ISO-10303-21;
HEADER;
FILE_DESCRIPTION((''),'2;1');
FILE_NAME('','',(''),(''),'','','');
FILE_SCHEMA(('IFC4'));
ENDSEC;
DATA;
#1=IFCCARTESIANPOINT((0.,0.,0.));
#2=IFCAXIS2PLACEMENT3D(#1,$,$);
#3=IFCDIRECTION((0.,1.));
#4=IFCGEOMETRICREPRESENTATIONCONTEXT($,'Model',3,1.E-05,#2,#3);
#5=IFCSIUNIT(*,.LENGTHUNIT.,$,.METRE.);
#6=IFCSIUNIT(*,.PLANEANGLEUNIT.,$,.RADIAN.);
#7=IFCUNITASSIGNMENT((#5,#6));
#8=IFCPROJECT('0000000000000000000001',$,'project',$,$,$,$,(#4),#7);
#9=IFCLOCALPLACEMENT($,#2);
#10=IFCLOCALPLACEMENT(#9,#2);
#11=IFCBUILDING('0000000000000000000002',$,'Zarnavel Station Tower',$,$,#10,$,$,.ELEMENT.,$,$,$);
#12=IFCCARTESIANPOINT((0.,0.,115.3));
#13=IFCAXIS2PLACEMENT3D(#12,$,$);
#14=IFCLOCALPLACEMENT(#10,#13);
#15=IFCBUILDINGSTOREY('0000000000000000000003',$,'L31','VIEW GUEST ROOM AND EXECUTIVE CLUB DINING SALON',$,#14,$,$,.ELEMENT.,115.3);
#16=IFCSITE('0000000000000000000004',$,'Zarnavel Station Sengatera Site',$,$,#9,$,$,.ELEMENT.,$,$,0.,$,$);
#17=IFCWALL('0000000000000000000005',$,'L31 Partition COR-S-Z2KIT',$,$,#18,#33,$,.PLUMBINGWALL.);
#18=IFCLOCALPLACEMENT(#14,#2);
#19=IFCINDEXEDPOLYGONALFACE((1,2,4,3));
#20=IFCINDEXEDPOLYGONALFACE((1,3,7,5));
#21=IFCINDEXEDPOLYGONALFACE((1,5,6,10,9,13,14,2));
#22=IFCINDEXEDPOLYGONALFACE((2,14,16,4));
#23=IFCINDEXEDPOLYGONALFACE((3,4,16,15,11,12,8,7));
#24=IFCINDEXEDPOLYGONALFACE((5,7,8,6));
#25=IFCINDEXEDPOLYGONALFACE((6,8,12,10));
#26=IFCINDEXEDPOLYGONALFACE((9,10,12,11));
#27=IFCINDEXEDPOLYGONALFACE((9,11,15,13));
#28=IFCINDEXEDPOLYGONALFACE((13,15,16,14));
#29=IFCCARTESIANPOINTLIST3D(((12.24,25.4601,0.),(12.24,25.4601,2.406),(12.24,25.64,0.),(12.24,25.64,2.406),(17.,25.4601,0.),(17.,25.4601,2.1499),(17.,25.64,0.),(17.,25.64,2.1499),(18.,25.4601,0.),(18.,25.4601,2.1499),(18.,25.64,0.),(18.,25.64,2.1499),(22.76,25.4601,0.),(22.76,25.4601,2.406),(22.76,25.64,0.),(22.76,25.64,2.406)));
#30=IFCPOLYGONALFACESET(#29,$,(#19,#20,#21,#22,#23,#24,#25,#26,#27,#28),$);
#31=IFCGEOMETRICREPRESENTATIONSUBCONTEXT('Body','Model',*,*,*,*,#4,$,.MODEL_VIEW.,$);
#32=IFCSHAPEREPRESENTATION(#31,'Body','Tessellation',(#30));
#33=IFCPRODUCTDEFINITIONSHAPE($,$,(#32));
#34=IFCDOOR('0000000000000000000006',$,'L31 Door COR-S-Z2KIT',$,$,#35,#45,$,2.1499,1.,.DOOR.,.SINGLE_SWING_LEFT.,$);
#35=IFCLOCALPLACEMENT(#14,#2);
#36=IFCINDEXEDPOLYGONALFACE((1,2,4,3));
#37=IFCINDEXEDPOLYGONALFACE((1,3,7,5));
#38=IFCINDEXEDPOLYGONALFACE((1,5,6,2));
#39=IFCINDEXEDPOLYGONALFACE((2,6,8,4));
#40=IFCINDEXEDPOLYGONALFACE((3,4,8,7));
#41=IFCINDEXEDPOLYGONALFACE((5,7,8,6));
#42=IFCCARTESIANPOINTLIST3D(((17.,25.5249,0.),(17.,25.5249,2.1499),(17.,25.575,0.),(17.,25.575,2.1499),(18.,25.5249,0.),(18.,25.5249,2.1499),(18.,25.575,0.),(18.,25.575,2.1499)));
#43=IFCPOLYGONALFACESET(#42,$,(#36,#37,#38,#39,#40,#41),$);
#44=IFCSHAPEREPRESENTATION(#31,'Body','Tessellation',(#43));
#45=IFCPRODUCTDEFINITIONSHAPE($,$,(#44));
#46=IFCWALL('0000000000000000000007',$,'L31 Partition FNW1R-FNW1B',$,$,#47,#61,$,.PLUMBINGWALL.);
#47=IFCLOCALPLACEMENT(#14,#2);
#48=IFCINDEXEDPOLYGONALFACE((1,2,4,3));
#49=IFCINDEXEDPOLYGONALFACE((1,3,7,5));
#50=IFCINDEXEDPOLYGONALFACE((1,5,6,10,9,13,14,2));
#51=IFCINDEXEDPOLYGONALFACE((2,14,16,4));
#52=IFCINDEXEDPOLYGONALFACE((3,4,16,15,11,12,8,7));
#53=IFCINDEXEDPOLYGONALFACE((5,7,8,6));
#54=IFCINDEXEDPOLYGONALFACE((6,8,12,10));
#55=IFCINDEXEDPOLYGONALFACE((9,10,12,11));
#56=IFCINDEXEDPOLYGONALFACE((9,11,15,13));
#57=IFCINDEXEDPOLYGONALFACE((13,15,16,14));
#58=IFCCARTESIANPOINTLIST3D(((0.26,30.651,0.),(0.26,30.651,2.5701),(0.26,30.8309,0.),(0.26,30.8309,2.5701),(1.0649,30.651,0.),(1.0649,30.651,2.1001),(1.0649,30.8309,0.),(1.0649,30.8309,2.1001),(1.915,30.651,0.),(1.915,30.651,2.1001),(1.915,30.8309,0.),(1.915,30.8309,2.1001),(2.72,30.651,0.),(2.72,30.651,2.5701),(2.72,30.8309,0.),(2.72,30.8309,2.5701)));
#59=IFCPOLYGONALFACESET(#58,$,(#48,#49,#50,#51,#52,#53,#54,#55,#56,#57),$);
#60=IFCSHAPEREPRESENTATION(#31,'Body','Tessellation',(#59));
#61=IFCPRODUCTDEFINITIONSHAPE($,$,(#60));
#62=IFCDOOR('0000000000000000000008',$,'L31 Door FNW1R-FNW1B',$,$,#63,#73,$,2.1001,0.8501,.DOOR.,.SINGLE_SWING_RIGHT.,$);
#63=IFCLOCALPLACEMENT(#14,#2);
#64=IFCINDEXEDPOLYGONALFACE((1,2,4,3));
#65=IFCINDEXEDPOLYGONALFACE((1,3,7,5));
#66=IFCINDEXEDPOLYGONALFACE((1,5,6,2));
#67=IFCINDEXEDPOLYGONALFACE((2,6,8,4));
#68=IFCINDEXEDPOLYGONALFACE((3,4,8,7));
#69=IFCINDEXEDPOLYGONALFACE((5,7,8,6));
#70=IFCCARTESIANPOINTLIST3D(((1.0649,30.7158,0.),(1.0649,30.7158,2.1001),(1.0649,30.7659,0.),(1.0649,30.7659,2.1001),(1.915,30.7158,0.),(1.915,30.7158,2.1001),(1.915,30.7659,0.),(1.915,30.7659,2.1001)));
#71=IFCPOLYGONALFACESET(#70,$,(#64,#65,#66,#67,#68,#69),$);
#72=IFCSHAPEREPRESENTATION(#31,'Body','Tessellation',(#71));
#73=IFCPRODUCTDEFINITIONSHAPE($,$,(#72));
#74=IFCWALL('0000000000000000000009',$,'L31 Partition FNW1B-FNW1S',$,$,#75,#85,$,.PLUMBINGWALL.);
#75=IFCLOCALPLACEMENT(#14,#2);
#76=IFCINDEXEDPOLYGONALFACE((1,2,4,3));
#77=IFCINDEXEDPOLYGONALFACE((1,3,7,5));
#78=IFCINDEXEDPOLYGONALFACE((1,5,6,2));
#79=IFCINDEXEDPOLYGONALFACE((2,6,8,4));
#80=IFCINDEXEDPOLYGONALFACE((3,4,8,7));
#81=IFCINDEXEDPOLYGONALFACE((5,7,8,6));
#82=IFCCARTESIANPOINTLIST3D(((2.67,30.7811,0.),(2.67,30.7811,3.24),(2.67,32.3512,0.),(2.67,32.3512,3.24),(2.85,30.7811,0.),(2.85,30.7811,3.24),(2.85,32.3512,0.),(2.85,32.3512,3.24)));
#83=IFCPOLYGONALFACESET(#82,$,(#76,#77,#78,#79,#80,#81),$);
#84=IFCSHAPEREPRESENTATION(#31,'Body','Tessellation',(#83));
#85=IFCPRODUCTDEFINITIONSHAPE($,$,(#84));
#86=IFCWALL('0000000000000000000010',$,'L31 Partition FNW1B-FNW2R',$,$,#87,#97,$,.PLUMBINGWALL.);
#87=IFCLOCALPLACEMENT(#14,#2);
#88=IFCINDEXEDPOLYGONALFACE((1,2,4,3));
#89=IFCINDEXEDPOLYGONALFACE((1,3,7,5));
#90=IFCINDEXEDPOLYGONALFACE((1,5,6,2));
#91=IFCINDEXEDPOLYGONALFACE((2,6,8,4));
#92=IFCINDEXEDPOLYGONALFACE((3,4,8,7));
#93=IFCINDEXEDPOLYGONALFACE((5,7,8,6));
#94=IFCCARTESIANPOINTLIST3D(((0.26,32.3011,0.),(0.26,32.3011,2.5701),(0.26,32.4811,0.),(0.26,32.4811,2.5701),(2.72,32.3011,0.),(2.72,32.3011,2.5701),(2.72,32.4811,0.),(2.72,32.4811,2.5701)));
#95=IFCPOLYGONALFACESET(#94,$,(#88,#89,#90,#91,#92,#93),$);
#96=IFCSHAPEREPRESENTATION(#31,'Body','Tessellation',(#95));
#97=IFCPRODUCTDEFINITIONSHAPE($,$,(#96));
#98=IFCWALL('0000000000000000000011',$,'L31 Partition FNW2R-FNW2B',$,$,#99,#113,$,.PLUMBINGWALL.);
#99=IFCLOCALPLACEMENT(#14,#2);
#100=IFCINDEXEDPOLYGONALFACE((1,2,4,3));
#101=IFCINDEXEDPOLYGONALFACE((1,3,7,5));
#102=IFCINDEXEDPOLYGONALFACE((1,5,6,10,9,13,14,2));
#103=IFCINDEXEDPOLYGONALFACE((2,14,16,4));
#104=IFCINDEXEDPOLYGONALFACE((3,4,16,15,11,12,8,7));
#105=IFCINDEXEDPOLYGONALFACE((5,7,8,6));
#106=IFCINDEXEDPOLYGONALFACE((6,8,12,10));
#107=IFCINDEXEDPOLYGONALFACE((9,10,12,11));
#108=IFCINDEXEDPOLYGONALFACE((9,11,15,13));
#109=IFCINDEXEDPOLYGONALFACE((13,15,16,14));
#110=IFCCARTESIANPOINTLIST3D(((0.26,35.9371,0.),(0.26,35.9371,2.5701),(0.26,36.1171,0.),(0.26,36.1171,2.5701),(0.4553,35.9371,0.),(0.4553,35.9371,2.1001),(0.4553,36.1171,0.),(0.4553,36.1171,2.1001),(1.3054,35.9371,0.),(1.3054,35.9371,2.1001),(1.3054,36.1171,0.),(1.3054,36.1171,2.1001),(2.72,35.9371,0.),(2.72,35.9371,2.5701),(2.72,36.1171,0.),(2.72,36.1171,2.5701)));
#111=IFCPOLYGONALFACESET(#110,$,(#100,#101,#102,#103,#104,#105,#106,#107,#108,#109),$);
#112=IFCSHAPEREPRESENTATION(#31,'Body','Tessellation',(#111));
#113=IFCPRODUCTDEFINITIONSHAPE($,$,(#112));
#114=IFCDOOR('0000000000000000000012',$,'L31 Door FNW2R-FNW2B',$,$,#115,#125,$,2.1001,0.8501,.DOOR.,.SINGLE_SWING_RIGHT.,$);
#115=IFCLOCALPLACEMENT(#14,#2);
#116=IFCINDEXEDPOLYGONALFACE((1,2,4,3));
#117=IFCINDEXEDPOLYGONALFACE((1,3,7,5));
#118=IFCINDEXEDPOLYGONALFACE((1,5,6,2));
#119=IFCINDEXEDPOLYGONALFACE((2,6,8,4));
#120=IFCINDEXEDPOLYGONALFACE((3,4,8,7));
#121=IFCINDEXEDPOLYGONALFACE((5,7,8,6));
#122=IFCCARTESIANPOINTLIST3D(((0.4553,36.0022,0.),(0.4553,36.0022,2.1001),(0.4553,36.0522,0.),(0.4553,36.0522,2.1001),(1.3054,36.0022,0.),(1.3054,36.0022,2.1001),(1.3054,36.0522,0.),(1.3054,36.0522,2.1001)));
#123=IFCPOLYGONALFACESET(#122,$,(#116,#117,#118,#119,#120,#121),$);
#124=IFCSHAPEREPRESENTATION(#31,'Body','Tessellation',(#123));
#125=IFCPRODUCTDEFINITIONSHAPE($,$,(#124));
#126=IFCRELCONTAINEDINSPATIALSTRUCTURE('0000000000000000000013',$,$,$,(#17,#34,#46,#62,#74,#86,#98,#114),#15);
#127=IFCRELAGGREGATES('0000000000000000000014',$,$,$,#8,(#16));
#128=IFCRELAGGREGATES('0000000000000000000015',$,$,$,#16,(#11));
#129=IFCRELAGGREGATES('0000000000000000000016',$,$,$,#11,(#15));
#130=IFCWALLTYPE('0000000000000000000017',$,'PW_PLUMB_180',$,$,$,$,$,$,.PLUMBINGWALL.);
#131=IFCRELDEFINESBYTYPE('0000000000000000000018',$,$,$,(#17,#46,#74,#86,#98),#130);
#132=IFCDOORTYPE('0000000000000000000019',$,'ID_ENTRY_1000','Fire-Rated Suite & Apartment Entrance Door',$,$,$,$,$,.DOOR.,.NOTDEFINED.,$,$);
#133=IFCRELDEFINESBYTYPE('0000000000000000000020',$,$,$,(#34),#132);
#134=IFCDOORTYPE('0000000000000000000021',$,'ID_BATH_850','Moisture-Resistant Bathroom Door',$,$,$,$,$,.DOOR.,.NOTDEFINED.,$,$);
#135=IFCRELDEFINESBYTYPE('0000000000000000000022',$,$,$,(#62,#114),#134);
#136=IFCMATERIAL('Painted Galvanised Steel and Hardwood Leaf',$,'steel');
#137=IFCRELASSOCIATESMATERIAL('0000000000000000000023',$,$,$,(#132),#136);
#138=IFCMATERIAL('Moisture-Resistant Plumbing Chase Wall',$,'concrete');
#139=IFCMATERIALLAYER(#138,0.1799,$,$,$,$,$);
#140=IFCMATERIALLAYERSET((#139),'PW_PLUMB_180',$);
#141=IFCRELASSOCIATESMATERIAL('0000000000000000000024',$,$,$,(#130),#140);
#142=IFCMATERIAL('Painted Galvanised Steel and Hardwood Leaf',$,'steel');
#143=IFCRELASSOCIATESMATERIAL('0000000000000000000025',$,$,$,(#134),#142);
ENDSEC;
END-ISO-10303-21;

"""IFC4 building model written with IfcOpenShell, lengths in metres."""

from ifc_helpers import new_model, si_unit, direction, frame, frame_2d, origin, place, context, subcontext, project, spatial, rectangle, extrude, material, layer, layer_set, type_object, element, fill, save


model = new_model("IFC4")

# Units and contexts
model_context = context("Model", 3, precision=1e-05, world=origin(), true_north=direction((0.0, 1.0)))
body_context = subcontext(model_context, "Body", "Model", "MODEL_VIEW")
ifc_project = project(units=[si_unit("LENGTHUNIT", "METRE"), si_unit("PLANEANGLEUNIT", "RADIAN")], contexts=[model_context])

# Site, building, storey
site_placement = place(None, origin())
site = spatial("IfcSite", under=ifc_project, at=site_placement, Name="Zarnavel Station Sengatera Site", CompositionType="ELEMENT", RefElevation=0.0)
building_placement = place(site_placement, origin())
building = spatial("IfcBuilding", under=site, at=building_placement, Name="Zarnavel Station Tower", CompositionType="ELEMENT")
storey_placement = place(building_placement, frame((0.0, 0.0, 115.3)))
storey = spatial("IfcBuildingStorey", under=building, at=storey_placement, Name="L31", Description="VIEW GUEST ROOM AND EXECUTIVE CLUB DINING SALON", CompositionType="ELEMENT", Elevation=115.3)

# Shared definitions
ifc_material_1 = material(Name="Painted Galvanised Steel and Hardwood Leaf", Category="steel")
door_type_1 = type_object("IfcDoorType", Name="ID_ENTRY_1000", Description="Fire-Rated Suite & Apartment Entrance Door", OperationType="NOTDEFINED", PredefinedType="DOOR", material=ifc_material_1)

# Walls, openings, doors
ifc_material_2 = material(Name="Moisture-Resistant Plumbing Chase Wall", Category="concrete")
ifc_layer_1 = layer(ifc_material_2, 0.1799)
ifc_layer_set_1 = layer_set([ifc_layer_1], Name="PW_PLUMB_180")
wall_type_1 = type_object("IfcWallType", Name="PW_PLUMB_180", PredefinedType="PLUMBINGWALL", material=ifc_layer_set_1)
wall_1_placement = place(storey_placement, frame((12.24, 25.55, 0.0), z_axis=(0.0, 0.0, 1.0), x_axis=(1.0, 0.0, 0.0)))
wall_1 = element("IfcWall", 1, at=wall_1_placement, inside=storey, type_object=wall_type_1, Name="L31 Partition COR-S-Z2KIT", PredefinedType="PLUMBINGWALL", context=body_context, shape_type="SweptSolid", body=[
    extrude(rectangle(XDim=10.52, YDim=0.1799, at=frame_2d((5.26, 0.0))), origin(), (0.0, 0.0, 1.0), 2.406),
])
opening_1_placement = place(wall_1_placement, frame((4.76, 0.0, 0.0)))
opening_1 = element("IfcOpeningElement", 2, at=opening_1_placement, cuts=wall_1, PredefinedType="OPENING", context=body_context, shape_type="SweptSolid", body=[
    extrude(rectangle(XDim=1.0, YDim=2.1499, at=frame_2d((0.5, 1.075))), frame((0.0, 0.0999, 0.0), z_axis=(0.0, -1.0, 0.0), x_axis=(1.0, 0.0, 0.0)), (0.0, 0.0, 1.0), 0.2),
])
door_1_placement = place(opening_1_placement, origin())
door_1 = element("IfcDoor", 3, at=door_1_placement, inside=storey, type_object=door_type_1, Name="L31 Door COR-S-Z2KIT", OperationType="SINGLE_SWING_LEFT", OverallHeight=2.1499, OverallWidth=1.0, PredefinedType="DOOR", context=body_context, shape_type="SweptSolid", body=[
    extrude(rectangle(XDim=1.0, YDim=2.1499, at=frame_2d((0.5, 1.075))), frame((0.0, 0.0249, 0.0), z_axis=(0.0, -1.0, 0.0), x_axis=(1.0, 0.0, 0.0)), (0.0, 0.0, 1.0), 0.05),
])
fill(opening_1, door_1)
wall_2_placement = place(storey_placement, frame((0.26, 30.741, 0.0), z_axis=(0.0, 0.0, 1.0), x_axis=(1.0, 0.0, 0.0)))
wall_2 = element("IfcWall", 4, at=wall_2_placement, inside=storey, type_object=wall_type_1, Name="L31 Partition FNW1R-FNW1B", PredefinedType="PLUMBINGWALL", context=body_context, shape_type="SweptSolid", body=[
    extrude(rectangle(XDim=2.46, YDim=0.1799, at=frame_2d((1.23, 0.0))), origin(), (0.0, 0.0, 1.0), 2.5701),
])
opening_2_placement = place(wall_2_placement, frame((0.8049, 0.0, 0.0)))
opening_2 = element("IfcOpeningElement", 5, at=opening_2_placement, cuts=wall_2, PredefinedType="OPENING", context=body_context, shape_type="SweptSolid", body=[
    extrude(rectangle(XDim=0.8501, YDim=2.1001, at=frame_2d((0.425, 1.05))), frame((0.0, 0.0999, 0.0), z_axis=(0.0, -1.0, 0.0), x_axis=(1.0, 0.0, 0.0)), (0.0, 0.0, 1.0), 0.2),
])
ifc_material_3 = material(Name="Painted Galvanised Steel and Hardwood Leaf", Category="steel")
door_type_2 = type_object("IfcDoorType", Name="ID_BATH_850", Description="Moisture-Resistant Bathroom Door", OperationType="NOTDEFINED", PredefinedType="DOOR", material=ifc_material_3)
door_2_placement = place(opening_2_placement, origin())
door_2 = element("IfcDoor", 6, at=door_2_placement, inside=storey, type_object=door_type_2, Name="L31 Door FNW1R-FNW1B", OperationType="SINGLE_SWING_RIGHT", OverallHeight=2.1001, OverallWidth=0.8501, PredefinedType="DOOR", context=body_context, shape_type="SweptSolid", body=[
    extrude(rectangle(XDim=0.8501, YDim=2.1001, at=frame_2d((0.425, 1.05))), frame((0.0, 0.0249, 0.0), z_axis=(0.0, -1.0, 0.0), x_axis=(1.0, 0.0, 0.0)), (0.0, 0.0, 1.0), 0.05),
])
fill(opening_2, door_2)

# Walls
wall_3_placement = place(storey_placement, frame((2.76, 30.781, 0.0), z_axis=(0.0, 0.0, 1.0), x_axis=(0.0, 1.0, 0.0)))
element("IfcWall", 7, at=wall_3_placement, inside=storey, type_object=wall_type_1, Name="L31 Partition FNW1B-FNW1S", PredefinedType="PLUMBINGWALL", context=body_context, shape_type="SweptSolid", body=[
    extrude(rectangle(XDim=1.5701, YDim=0.1799, at=frame_2d((0.7852, 0.0))), origin(), (0.0, 0.0, 1.0), 3.24),
])
wall_4_placement = place(storey_placement, frame((0.26, 32.3911, 0.0), z_axis=(0.0, 0.0, 1.0), x_axis=(1.0, 0.0, 0.0)))
element("IfcWall", 8, at=wall_4_placement, inside=storey, type_object=wall_type_1, Name="L31 Partition FNW1B-FNW2R", PredefinedType="PLUMBINGWALL", context=body_context, shape_type="SweptSolid", body=[
    extrude(rectangle(XDim=2.46, YDim=0.1799, at=frame_2d((1.23, 0.0))), origin(), (0.0, 0.0, 1.0), 2.5701),
])

# Wall, opening, door
wall_5_placement = place(storey_placement, frame((2.72, 36.0271, 0.0), z_axis=(0.0, 0.0, 1.0), x_axis=(-1.0, 0.0, 0.0)))
wall_5 = element("IfcWall", 9, at=wall_5_placement, inside=storey, type_object=wall_type_1, Name="L31 Partition FNW2R-FNW2B", PredefinedType="PLUMBINGWALL", context=body_context, shape_type="SweptSolid", body=[
    extrude(rectangle(XDim=2.46, YDim=0.1799, at=frame_2d((1.23, 0.0))), origin(), (0.0, 0.0, 1.0), 2.5701),
])
opening_3_placement = place(wall_5_placement, frame((1.4146, 0.0, 0.0)))
opening_3 = element("IfcOpeningElement", 10, at=opening_3_placement, cuts=wall_5, PredefinedType="OPENING", context=body_context, shape_type="SweptSolid", body=[
    extrude(rectangle(XDim=0.8501, YDim=2.1001, at=frame_2d((0.425, 1.05))), frame((0.0, 0.0999, 0.0), z_axis=(0.0, -1.0, 0.0), x_axis=(1.0, 0.0, 0.0)), (0.0, 0.0, 1.0), 0.2),
])
door_3_placement = place(opening_3_placement, origin())
door_3 = element("IfcDoor", 11, at=door_3_placement, inside=storey, type_object=door_type_2, Name="L31 Door FNW2R-FNW2B", OperationType="SINGLE_SWING_RIGHT", OverallHeight=2.1001, OverallWidth=0.8501, PredefinedType="DOOR", context=body_context, shape_type="SweptSolid", body=[
    extrude(rectangle(XDim=0.8501, YDim=2.1001, at=frame_2d((0.425, 1.05))), frame((0.0, 0.0249, 0.0), z_axis=(0.0, -1.0, 0.0), x_axis=(1.0, 0.0, 0.0)), (0.0, 0.0, 1.0), 0.05),
])
fill(opening_3, door_3)

save(model, "model.ifc")
